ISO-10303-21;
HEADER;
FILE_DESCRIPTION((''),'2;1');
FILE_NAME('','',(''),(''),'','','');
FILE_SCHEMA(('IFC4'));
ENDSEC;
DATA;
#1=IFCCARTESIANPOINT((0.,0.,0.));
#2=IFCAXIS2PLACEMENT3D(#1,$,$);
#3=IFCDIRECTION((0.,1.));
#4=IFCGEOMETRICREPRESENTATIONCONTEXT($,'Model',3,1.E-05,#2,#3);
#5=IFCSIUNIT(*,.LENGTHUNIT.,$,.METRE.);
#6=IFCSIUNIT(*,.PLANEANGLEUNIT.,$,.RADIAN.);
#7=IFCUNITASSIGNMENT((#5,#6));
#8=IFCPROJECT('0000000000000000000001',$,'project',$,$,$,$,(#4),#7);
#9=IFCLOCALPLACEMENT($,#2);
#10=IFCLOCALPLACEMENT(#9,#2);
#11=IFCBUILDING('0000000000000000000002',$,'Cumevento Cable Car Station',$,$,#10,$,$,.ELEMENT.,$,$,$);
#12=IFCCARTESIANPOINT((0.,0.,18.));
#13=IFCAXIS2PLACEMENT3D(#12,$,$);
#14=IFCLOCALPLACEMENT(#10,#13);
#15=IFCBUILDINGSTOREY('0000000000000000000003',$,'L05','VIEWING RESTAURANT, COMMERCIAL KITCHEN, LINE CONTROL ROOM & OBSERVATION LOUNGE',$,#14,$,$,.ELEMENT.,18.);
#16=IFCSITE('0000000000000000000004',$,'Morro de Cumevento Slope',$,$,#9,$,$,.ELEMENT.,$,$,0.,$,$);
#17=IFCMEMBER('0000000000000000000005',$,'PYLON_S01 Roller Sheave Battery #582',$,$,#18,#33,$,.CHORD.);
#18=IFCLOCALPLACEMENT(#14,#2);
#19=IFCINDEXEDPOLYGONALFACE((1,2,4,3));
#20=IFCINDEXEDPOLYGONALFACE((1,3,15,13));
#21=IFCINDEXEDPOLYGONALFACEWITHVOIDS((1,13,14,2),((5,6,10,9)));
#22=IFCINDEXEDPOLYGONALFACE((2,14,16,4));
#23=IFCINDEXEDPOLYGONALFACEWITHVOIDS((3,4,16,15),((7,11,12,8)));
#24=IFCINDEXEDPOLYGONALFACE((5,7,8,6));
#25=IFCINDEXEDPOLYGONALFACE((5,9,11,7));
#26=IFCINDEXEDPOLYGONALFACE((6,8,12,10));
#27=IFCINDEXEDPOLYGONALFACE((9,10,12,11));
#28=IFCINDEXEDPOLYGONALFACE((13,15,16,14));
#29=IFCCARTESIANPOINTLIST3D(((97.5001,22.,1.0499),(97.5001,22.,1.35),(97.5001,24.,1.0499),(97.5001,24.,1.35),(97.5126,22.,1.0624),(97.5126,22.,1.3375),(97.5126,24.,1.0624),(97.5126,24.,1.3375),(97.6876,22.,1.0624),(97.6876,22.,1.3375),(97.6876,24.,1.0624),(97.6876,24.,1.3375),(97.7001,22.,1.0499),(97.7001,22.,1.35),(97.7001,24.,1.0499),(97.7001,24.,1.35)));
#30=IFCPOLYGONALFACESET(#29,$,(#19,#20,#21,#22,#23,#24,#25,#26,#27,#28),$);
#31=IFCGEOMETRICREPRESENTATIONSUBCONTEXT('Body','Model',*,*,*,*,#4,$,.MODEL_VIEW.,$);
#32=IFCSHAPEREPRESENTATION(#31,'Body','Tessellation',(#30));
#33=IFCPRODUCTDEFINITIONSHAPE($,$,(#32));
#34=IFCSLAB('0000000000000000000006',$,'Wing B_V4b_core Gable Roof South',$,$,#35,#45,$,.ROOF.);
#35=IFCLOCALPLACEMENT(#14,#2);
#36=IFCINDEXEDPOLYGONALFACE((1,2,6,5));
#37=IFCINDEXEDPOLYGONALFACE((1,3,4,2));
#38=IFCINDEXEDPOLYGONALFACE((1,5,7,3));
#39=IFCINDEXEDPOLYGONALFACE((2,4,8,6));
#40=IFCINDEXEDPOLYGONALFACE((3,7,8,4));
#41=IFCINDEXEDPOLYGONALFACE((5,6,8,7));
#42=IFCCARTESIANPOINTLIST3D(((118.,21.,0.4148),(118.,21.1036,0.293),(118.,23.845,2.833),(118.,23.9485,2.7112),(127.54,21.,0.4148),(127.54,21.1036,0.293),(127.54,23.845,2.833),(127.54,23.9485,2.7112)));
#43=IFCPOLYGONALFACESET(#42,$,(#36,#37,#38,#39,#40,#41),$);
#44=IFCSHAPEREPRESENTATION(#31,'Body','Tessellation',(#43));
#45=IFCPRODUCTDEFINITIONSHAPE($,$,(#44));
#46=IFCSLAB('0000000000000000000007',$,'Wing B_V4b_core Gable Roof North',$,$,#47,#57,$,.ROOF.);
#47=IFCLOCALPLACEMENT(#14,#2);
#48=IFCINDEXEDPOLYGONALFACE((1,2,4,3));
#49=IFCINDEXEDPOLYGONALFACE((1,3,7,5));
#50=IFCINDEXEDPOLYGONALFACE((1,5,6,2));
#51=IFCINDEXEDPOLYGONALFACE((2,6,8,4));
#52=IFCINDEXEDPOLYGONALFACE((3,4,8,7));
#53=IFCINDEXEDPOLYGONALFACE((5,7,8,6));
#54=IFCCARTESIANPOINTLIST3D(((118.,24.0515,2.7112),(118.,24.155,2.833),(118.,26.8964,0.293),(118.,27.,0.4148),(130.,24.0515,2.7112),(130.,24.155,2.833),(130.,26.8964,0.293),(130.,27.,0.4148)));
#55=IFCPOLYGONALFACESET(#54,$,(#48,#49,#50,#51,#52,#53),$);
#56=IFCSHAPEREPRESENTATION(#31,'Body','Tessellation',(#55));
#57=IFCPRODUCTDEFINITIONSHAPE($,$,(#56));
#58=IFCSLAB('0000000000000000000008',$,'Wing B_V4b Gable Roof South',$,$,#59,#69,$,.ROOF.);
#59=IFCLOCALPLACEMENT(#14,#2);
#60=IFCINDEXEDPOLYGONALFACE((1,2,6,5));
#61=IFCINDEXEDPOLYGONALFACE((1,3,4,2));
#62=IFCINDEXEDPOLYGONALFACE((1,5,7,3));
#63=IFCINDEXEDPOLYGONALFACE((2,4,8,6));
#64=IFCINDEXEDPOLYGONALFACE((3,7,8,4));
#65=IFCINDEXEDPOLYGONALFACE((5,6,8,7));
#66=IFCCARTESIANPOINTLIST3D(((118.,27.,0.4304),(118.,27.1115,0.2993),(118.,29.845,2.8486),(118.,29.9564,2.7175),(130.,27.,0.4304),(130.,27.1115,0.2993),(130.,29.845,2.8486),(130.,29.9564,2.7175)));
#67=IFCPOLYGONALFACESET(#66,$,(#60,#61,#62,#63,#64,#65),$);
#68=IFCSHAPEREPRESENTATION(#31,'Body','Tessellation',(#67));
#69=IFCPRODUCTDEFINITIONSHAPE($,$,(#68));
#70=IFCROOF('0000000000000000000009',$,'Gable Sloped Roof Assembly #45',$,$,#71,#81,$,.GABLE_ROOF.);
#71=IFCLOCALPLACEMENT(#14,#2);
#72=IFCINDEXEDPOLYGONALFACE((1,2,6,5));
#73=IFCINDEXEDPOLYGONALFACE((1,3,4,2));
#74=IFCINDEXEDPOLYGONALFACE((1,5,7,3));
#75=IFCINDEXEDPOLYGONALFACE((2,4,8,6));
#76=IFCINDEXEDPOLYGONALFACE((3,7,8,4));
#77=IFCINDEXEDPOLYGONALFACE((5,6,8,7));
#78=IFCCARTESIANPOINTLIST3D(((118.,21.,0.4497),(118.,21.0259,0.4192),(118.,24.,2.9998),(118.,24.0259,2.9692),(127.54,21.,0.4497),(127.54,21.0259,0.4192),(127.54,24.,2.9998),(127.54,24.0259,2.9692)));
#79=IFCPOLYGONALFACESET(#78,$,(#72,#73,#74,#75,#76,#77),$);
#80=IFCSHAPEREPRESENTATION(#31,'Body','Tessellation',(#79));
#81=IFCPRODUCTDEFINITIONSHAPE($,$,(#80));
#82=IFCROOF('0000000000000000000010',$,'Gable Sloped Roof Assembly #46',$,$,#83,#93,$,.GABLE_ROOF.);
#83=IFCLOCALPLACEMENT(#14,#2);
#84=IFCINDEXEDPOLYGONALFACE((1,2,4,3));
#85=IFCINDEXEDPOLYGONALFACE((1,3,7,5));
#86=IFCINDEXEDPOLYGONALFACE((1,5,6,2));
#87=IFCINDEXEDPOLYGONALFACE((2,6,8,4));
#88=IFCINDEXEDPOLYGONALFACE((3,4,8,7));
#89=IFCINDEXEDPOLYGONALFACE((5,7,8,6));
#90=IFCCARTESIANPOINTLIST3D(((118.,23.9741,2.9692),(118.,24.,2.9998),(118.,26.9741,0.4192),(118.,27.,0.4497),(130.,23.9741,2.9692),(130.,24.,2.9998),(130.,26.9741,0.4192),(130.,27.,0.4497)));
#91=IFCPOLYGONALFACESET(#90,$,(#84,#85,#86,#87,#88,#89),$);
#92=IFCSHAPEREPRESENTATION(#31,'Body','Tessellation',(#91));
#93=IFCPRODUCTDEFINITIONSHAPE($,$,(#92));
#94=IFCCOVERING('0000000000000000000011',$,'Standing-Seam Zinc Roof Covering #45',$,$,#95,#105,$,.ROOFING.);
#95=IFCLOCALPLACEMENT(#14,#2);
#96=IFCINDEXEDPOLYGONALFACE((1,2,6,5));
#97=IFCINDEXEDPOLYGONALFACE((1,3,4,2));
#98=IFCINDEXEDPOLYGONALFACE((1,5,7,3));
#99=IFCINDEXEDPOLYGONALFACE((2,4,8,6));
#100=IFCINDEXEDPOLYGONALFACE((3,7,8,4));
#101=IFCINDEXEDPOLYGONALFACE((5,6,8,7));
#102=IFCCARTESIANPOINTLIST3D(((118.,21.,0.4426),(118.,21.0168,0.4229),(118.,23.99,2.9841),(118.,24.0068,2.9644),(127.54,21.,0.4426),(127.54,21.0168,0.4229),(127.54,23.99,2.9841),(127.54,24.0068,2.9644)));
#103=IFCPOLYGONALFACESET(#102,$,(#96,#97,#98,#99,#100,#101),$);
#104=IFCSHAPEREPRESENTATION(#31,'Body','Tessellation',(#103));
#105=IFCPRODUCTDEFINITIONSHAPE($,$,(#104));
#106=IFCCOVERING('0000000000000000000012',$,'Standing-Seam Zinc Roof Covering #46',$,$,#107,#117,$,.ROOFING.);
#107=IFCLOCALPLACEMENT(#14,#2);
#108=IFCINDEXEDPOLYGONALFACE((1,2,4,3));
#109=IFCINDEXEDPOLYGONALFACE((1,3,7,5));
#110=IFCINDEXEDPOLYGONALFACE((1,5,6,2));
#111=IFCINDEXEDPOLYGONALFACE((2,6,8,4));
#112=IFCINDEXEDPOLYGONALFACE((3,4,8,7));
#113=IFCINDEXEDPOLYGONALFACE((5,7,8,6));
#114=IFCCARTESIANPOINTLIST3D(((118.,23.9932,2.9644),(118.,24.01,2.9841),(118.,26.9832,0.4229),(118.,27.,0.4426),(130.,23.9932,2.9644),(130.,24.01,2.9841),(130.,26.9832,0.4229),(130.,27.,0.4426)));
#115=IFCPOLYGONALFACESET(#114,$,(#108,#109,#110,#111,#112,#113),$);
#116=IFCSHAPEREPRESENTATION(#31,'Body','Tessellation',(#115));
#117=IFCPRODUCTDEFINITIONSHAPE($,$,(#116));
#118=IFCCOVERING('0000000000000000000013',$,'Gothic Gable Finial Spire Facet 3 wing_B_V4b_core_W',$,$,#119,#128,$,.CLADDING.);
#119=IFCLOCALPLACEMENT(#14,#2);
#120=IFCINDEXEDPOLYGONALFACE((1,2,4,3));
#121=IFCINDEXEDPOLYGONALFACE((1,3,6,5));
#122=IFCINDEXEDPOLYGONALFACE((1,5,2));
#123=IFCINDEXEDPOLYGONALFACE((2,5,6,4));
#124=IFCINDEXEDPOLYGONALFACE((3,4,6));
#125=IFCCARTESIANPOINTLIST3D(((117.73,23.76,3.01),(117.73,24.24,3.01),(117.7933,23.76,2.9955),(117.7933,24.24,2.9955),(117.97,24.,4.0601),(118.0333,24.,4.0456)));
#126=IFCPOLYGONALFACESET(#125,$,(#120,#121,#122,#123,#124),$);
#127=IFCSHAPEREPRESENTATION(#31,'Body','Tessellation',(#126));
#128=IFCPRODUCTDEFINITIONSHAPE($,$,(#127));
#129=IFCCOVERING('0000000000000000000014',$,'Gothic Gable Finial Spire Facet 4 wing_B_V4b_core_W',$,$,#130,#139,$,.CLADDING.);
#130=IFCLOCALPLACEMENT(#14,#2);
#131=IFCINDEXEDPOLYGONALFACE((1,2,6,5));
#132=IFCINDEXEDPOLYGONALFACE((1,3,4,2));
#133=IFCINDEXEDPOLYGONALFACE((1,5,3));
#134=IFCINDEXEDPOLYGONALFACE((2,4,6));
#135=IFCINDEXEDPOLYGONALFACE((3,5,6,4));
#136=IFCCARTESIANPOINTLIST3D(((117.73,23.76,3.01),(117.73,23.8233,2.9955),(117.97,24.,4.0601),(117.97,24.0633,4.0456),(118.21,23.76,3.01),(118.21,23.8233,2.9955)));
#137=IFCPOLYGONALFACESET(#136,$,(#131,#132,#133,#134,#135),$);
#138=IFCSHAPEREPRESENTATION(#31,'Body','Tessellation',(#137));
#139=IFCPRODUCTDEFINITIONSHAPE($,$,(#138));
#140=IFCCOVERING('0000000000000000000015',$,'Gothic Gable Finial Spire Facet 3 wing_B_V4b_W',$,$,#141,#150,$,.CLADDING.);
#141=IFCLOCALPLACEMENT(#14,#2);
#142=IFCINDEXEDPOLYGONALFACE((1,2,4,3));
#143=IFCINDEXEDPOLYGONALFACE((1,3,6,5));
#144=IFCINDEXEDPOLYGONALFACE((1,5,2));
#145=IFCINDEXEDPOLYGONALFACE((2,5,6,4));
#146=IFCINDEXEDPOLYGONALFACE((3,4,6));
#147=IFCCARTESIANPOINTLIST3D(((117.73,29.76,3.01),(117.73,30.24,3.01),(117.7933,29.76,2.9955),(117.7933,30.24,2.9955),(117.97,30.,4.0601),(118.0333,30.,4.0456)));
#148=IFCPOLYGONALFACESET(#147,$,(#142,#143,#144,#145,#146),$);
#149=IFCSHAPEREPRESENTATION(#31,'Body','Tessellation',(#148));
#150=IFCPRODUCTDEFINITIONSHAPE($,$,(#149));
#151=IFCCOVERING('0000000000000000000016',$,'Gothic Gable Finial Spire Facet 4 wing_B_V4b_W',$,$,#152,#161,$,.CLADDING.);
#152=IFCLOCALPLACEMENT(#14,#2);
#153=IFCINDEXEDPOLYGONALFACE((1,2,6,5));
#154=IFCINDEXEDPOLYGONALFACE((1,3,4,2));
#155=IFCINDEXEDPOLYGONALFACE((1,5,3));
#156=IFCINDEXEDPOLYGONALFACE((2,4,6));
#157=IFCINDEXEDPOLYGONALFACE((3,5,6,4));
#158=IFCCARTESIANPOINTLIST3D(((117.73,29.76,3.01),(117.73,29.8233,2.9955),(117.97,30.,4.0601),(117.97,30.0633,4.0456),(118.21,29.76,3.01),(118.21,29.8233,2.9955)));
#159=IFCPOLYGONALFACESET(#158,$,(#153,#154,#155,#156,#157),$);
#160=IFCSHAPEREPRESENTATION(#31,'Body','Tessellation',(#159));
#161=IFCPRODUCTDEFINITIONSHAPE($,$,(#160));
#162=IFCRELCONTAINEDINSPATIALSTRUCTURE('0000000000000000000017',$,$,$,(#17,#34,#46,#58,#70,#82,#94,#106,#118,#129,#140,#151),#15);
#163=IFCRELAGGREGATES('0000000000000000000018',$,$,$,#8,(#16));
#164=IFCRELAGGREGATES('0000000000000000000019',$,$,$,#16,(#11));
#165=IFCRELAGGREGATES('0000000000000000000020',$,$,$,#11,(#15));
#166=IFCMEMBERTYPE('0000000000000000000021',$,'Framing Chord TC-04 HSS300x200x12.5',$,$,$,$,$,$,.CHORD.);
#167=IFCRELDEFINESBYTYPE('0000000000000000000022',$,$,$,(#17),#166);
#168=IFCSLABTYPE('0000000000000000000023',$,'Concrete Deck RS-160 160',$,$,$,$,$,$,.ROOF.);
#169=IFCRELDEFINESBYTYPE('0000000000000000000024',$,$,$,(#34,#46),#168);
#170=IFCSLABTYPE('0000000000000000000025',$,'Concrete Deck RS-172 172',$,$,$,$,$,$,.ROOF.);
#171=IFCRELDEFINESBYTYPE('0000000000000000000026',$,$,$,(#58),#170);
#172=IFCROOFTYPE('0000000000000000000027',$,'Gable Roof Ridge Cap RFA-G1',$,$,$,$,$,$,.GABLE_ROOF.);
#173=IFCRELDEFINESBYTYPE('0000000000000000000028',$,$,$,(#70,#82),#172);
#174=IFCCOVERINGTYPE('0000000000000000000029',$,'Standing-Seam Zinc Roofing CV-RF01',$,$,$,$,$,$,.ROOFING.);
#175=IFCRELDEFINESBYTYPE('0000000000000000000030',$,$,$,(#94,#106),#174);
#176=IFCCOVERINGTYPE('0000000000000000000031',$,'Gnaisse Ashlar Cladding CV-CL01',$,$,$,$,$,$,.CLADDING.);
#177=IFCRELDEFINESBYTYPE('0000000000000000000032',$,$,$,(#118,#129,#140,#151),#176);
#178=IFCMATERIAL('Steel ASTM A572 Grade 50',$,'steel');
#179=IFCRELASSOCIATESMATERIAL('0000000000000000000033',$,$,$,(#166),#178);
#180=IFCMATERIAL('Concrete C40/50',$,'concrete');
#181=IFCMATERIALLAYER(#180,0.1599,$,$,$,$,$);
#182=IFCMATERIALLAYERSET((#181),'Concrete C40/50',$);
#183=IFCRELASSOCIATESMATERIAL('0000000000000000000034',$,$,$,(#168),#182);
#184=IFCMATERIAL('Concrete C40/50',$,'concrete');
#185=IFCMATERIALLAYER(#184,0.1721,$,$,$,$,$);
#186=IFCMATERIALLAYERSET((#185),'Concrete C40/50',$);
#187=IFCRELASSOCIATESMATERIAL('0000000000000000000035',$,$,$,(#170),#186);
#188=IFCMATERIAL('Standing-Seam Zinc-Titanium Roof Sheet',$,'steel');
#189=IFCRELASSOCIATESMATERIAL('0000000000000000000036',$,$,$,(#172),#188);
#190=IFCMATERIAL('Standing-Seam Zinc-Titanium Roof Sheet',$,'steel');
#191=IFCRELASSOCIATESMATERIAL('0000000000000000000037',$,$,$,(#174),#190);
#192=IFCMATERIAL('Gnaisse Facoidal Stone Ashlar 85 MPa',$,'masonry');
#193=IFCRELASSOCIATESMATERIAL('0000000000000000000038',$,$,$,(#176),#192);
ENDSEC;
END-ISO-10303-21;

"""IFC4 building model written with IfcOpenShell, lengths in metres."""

from ifc_helpers import new_model, si_unit, direction, frame, origin, origin_2d, place, context, subcontext, project, spatial, polyline, hollow_rectangle, outline, extrude, material, layer, layer_set, material_profile, profile_set, type_object, element, save


model = new_model("IFC4")

# Units and contexts
model_context = context("Model", 3, precision=1e-05, world=origin(), true_north=direction((0.0, 1.0)))
body_context = subcontext(model_context, "Body", "Model", "MODEL_VIEW")
ifc_project = project(units=[si_unit("LENGTHUNIT", "METRE"), si_unit("PLANEANGLEUNIT", "RADIAN")], contexts=[model_context])

# Site, building, storey
site_placement = place(None, origin())
site = spatial("IfcSite", under=ifc_project, at=site_placement, Name="Morro de Cumevento Slope", CompositionType="ELEMENT", RefElevation=0.0)
building_placement = place(site_placement, origin())
building = spatial("IfcBuilding", under=site, at=building_placement, Name="Cumevento Cable Car Station", CompositionType="ELEMENT")
storey_placement = place(building_placement, frame((0.0, 0.0, 18.0)))
storey = spatial("IfcBuildingStorey", under=building, at=storey_placement, Name="L05", Description="VIEWING RESTAURANT, COMMERCIAL KITCHEN, LINE CONTROL ROOM & OBSERVATION LOUNGE", CompositionType="ELEMENT", Elevation=18.0)

# Member
ifc_material_1 = material(Name="Steel ASTM A572 Grade 50", Category="steel")
ifc_material_profile = material_profile(ifc_material_1, hollow_rectangle(XDim=0.2, YDim=0.3, WallThickness=0.0125, at=origin_2d()), Name="HSS300x200x12.5")
ifc_profile_set = profile_set([ifc_material_profile], Name="Steel ASTM A572 Grade 50")
member_type = type_object("IfcMemberType", Name="Framing Chord TC-04 HSS300x200x12.5", PredefinedType="CHORD", material=ifc_profile_set)
member_placement = place(storey_placement, frame((97.6001, 22.0, 1.2), z_axis=(0.0, 1.0, 0.0), x_axis=(-1.0, 0.0, 0.0)))
element("IfcMember", 1, at=member_placement, inside=storey, type_object=member_type, Name="PYLON_S01 Roller Sheave Battery #582", PredefinedType="CHORD", context=body_context, shape_type="SweptSolid", body=[
    extrude(hollow_rectangle(XDim=0.2, YDim=0.3, WallThickness=0.0125, at=origin_2d()), origin(), (0.0, 0.0, 1.0), 2.0),
])

# Slabs
ifc_material_2 = material(Name="Concrete C40/50", Category="concrete")
ifc_layer_1 = layer(ifc_material_2, 0.1599)
ifc_layer_set_1 = layer_set([ifc_layer_1], Name="Concrete C40/50")
slab_type_1 = type_object("IfcSlabType", Name="Concrete Deck RS-160 160", PredefinedType="ROOF", material=ifc_layer_set_1)
slab_1_placement = place(storey_placement, frame((118.0, 21.0, 0.4148), z_axis=(0.0, -0.647647, 0.761941), x_axis=(1.0, 0.0, 0.0)))
element("IfcSlab", 2, at=slab_1_placement, inside=storey, type_object=slab_type_1, Name="Wing B_V4b_core Gable Roof South", PredefinedType="ROOF", context=body_context, shape_type="SweptSolid", body=[
    extrude(outline(polyline([(0.0, 0.0), (9.54, 0.0), (9.54, 3.7338), (0.0, 3.7338), (0.0, 0.0)])), origin(), (0.0, 0.0, -1.0), 0.1599),
])
slab_2_placement = place(storey_placement, frame((118.0, 24.155, 2.833), z_axis=(0.0, 0.647647, 0.761941), x_axis=(1.0, 0.0, 0.0)))
element("IfcSlab", 3, at=slab_2_placement, inside=storey, type_object=slab_type_1, Name="Wing B_V4b_core Gable Roof North", PredefinedType="ROOF", context=body_context, shape_type="SweptSolid", body=[
    extrude(outline(polyline([(0.0, 0.0), (12.0, 0.0), (12.0, 3.7338), (0.0, 3.7338), (0.0, 0.0)])), origin(), (0.0, 0.0, -1.0), 0.1599),
])
ifc_material_3 = material(Name="Concrete C40/50", Category="concrete")
ifc_layer_2 = layer(ifc_material_3, 0.1721)
ifc_layer_set_2 = layer_set([ifc_layer_2], Name="Concrete C40/50")
slab_type_2 = type_object("IfcSlabType", Name="Concrete Deck RS-172 172", PredefinedType="ROOF", material=ifc_layer_set_2)
slab_3_placement = place(storey_placement, frame((118.0, 27.0, 0.4304), z_axis=(0.0, -0.647647, 0.761941), x_axis=(1.0, 0.0, 0.0)))
element("IfcSlab", 4, at=slab_3_placement, inside=storey, type_object=slab_type_2, Name="Wing B_V4b Gable Roof South", PredefinedType="ROOF", context=body_context, shape_type="SweptSolid", body=[
    extrude(outline(polyline([(0.0, 0.0), (12.0, 0.0), (12.0, 3.7338), (0.0, 3.7338), (0.0, 0.0)])), origin(), (0.0, 0.0, -1.0), 0.1721),
])

# Roofs
ifc_material_4 = material(Name="Standing-Seam Zinc-Titanium Roof Sheet", Category="steel")
roof_type = type_object("IfcRoofType", Name="Gable Roof Ridge Cap RFA-G1", PredefinedType="GABLE_ROOF", material=ifc_material_4)
roof_1_placement = place(storey_placement, frame((118.0, 21.0, 0.4497), z_axis=(0.0, -0.647656, 0.761933), x_axis=(1.0, 0.0, 0.0)))
element("IfcRoof", 5, at=roof_1_placement, inside=storey, type_object=roof_type, Name="Gable Sloped Roof Assembly #45", PredefinedType="GABLE_ROOF", context=body_context, shape_type="SweptSolid", body=[
    extrude(outline(polyline([(0.0, 0.0), (9.54, 0.0), (9.54, 3.9374), (0.0, 3.9374), (0.0, 0.0)])), origin(), (0.0, 0.0, -1.0), 0.04),
])
roof_2_placement = place(storey_placement, frame((118.0, 24.0, 2.9998), z_axis=(0.0, 0.647656, 0.761933), x_axis=(1.0, 0.0, 0.0)))
element("IfcRoof", 6, at=roof_2_placement, inside=storey, type_object=roof_type, Name="Gable Sloped Roof Assembly #46", PredefinedType="GABLE_ROOF", context=body_context, shape_type="SweptSolid", body=[
    extrude(outline(polyline([(0.0, 0.0), (12.0, 0.0), (12.0, 3.9374), (0.0, 3.9374), (0.0, 0.0)])), origin(), (0.0, 0.0, -1.0), 0.04),
])

# Coverings
ifc_material_5 = material(Name="Standing-Seam Zinc-Titanium Roof Sheet", Category="steel")
covering_type_1 = type_object("IfcCoveringType", Name="Standing-Seam Zinc Roofing CV-RF01", PredefinedType="ROOFING", material=ifc_material_5)
covering_1_placement = place(storey_placement, frame((118.0, 21.0, 0.4426), z_axis=(0.0, -0.64765, 0.761938), x_axis=(1.0, 0.0, 0.0)))
element("IfcCovering", 7, at=covering_1_placement, inside=storey, type_object=covering_type_1, Name="Standing-Seam Zinc Roof Covering #45", PredefinedType="ROOFING", context=body_context, shape_type="SweptSolid", body=[
    extrude(outline(polyline([(0.0, 0.0), (9.54, 0.0), (9.54, 3.9242), (0.0, 3.9242), (0.0, 0.0)])), origin(), (0.0, 0.0, -1.0), 0.0259),
])
covering_2_placement = place(storey_placement, frame((118.0, 24.01, 2.9841), z_axis=(0.0, 0.64765, 0.761938), x_axis=(1.0, 0.0, 0.0)))
element("IfcCovering", 8, at=covering_2_placement, inside=storey, type_object=covering_type_1, Name="Standing-Seam Zinc Roof Covering #46", PredefinedType="ROOFING", context=body_context, shape_type="SweptSolid", body=[
    extrude(outline(polyline([(0.0, 0.0), (12.0, 0.0), (12.0, 3.9242), (0.0, 3.9242), (0.0, 0.0)])), origin(), (0.0, 0.0, -1.0), 0.0259),
])
ifc_material_6 = material(Name="Gnaisse Facoidal Stone Ashlar 85 MPa", Category="masonry")
covering_type_2 = type_object("IfcCoveringType", Name="Gnaisse Ashlar Cladding CV-CL01", PredefinedType="CLADDING", material=ifc_material_6)
for number, where, z_axis, x_axis, name in (
    (9, (117.73, 24.24, 3.01), (-0.974863, 0.0, 0.222806), (0.0, -1.0, 0.0), "Gothic Gable Finial Spire Facet 3 wing_B_V4b_core_W"),
    (10, (117.73, 23.76, 3.01), (0.0, -0.974863, 0.222806), (1.0, 0.0, 0.0), "Gothic Gable Finial Spire Facet 4 wing_B_V4b_core_W"),
    (11, (117.73, 30.24, 3.01), (-0.974863, 0.0, 0.222806), (0.0, -1.0, 0.0), "Gothic Gable Finial Spire Facet 3 wing_B_V4b_W"),
    (12, (117.73, 29.76, 3.01), (0.0, -0.974863, 0.222806), (1.0, 0.0, 0.0), "Gothic Gable Finial Spire Facet 4 wing_B_V4b_W"),
):
    element("IfcCovering", number, at=place(storey_placement, frame(where, z_axis=z_axis, x_axis=x_axis)), inside=storey, type_object=covering_type_2, Name=name, PredefinedType="CLADDING", context=body_context, shape_type="SweptSolid", body=[
        extrude(outline(polyline([(0.0, 0.0), (0.48, 0.0), (0.24, 1.0771), (0.0, 0.0)])), origin(), (0.0, 0.0, -1.0), 0.0649),
    ])

save(model, "model.ifc")
